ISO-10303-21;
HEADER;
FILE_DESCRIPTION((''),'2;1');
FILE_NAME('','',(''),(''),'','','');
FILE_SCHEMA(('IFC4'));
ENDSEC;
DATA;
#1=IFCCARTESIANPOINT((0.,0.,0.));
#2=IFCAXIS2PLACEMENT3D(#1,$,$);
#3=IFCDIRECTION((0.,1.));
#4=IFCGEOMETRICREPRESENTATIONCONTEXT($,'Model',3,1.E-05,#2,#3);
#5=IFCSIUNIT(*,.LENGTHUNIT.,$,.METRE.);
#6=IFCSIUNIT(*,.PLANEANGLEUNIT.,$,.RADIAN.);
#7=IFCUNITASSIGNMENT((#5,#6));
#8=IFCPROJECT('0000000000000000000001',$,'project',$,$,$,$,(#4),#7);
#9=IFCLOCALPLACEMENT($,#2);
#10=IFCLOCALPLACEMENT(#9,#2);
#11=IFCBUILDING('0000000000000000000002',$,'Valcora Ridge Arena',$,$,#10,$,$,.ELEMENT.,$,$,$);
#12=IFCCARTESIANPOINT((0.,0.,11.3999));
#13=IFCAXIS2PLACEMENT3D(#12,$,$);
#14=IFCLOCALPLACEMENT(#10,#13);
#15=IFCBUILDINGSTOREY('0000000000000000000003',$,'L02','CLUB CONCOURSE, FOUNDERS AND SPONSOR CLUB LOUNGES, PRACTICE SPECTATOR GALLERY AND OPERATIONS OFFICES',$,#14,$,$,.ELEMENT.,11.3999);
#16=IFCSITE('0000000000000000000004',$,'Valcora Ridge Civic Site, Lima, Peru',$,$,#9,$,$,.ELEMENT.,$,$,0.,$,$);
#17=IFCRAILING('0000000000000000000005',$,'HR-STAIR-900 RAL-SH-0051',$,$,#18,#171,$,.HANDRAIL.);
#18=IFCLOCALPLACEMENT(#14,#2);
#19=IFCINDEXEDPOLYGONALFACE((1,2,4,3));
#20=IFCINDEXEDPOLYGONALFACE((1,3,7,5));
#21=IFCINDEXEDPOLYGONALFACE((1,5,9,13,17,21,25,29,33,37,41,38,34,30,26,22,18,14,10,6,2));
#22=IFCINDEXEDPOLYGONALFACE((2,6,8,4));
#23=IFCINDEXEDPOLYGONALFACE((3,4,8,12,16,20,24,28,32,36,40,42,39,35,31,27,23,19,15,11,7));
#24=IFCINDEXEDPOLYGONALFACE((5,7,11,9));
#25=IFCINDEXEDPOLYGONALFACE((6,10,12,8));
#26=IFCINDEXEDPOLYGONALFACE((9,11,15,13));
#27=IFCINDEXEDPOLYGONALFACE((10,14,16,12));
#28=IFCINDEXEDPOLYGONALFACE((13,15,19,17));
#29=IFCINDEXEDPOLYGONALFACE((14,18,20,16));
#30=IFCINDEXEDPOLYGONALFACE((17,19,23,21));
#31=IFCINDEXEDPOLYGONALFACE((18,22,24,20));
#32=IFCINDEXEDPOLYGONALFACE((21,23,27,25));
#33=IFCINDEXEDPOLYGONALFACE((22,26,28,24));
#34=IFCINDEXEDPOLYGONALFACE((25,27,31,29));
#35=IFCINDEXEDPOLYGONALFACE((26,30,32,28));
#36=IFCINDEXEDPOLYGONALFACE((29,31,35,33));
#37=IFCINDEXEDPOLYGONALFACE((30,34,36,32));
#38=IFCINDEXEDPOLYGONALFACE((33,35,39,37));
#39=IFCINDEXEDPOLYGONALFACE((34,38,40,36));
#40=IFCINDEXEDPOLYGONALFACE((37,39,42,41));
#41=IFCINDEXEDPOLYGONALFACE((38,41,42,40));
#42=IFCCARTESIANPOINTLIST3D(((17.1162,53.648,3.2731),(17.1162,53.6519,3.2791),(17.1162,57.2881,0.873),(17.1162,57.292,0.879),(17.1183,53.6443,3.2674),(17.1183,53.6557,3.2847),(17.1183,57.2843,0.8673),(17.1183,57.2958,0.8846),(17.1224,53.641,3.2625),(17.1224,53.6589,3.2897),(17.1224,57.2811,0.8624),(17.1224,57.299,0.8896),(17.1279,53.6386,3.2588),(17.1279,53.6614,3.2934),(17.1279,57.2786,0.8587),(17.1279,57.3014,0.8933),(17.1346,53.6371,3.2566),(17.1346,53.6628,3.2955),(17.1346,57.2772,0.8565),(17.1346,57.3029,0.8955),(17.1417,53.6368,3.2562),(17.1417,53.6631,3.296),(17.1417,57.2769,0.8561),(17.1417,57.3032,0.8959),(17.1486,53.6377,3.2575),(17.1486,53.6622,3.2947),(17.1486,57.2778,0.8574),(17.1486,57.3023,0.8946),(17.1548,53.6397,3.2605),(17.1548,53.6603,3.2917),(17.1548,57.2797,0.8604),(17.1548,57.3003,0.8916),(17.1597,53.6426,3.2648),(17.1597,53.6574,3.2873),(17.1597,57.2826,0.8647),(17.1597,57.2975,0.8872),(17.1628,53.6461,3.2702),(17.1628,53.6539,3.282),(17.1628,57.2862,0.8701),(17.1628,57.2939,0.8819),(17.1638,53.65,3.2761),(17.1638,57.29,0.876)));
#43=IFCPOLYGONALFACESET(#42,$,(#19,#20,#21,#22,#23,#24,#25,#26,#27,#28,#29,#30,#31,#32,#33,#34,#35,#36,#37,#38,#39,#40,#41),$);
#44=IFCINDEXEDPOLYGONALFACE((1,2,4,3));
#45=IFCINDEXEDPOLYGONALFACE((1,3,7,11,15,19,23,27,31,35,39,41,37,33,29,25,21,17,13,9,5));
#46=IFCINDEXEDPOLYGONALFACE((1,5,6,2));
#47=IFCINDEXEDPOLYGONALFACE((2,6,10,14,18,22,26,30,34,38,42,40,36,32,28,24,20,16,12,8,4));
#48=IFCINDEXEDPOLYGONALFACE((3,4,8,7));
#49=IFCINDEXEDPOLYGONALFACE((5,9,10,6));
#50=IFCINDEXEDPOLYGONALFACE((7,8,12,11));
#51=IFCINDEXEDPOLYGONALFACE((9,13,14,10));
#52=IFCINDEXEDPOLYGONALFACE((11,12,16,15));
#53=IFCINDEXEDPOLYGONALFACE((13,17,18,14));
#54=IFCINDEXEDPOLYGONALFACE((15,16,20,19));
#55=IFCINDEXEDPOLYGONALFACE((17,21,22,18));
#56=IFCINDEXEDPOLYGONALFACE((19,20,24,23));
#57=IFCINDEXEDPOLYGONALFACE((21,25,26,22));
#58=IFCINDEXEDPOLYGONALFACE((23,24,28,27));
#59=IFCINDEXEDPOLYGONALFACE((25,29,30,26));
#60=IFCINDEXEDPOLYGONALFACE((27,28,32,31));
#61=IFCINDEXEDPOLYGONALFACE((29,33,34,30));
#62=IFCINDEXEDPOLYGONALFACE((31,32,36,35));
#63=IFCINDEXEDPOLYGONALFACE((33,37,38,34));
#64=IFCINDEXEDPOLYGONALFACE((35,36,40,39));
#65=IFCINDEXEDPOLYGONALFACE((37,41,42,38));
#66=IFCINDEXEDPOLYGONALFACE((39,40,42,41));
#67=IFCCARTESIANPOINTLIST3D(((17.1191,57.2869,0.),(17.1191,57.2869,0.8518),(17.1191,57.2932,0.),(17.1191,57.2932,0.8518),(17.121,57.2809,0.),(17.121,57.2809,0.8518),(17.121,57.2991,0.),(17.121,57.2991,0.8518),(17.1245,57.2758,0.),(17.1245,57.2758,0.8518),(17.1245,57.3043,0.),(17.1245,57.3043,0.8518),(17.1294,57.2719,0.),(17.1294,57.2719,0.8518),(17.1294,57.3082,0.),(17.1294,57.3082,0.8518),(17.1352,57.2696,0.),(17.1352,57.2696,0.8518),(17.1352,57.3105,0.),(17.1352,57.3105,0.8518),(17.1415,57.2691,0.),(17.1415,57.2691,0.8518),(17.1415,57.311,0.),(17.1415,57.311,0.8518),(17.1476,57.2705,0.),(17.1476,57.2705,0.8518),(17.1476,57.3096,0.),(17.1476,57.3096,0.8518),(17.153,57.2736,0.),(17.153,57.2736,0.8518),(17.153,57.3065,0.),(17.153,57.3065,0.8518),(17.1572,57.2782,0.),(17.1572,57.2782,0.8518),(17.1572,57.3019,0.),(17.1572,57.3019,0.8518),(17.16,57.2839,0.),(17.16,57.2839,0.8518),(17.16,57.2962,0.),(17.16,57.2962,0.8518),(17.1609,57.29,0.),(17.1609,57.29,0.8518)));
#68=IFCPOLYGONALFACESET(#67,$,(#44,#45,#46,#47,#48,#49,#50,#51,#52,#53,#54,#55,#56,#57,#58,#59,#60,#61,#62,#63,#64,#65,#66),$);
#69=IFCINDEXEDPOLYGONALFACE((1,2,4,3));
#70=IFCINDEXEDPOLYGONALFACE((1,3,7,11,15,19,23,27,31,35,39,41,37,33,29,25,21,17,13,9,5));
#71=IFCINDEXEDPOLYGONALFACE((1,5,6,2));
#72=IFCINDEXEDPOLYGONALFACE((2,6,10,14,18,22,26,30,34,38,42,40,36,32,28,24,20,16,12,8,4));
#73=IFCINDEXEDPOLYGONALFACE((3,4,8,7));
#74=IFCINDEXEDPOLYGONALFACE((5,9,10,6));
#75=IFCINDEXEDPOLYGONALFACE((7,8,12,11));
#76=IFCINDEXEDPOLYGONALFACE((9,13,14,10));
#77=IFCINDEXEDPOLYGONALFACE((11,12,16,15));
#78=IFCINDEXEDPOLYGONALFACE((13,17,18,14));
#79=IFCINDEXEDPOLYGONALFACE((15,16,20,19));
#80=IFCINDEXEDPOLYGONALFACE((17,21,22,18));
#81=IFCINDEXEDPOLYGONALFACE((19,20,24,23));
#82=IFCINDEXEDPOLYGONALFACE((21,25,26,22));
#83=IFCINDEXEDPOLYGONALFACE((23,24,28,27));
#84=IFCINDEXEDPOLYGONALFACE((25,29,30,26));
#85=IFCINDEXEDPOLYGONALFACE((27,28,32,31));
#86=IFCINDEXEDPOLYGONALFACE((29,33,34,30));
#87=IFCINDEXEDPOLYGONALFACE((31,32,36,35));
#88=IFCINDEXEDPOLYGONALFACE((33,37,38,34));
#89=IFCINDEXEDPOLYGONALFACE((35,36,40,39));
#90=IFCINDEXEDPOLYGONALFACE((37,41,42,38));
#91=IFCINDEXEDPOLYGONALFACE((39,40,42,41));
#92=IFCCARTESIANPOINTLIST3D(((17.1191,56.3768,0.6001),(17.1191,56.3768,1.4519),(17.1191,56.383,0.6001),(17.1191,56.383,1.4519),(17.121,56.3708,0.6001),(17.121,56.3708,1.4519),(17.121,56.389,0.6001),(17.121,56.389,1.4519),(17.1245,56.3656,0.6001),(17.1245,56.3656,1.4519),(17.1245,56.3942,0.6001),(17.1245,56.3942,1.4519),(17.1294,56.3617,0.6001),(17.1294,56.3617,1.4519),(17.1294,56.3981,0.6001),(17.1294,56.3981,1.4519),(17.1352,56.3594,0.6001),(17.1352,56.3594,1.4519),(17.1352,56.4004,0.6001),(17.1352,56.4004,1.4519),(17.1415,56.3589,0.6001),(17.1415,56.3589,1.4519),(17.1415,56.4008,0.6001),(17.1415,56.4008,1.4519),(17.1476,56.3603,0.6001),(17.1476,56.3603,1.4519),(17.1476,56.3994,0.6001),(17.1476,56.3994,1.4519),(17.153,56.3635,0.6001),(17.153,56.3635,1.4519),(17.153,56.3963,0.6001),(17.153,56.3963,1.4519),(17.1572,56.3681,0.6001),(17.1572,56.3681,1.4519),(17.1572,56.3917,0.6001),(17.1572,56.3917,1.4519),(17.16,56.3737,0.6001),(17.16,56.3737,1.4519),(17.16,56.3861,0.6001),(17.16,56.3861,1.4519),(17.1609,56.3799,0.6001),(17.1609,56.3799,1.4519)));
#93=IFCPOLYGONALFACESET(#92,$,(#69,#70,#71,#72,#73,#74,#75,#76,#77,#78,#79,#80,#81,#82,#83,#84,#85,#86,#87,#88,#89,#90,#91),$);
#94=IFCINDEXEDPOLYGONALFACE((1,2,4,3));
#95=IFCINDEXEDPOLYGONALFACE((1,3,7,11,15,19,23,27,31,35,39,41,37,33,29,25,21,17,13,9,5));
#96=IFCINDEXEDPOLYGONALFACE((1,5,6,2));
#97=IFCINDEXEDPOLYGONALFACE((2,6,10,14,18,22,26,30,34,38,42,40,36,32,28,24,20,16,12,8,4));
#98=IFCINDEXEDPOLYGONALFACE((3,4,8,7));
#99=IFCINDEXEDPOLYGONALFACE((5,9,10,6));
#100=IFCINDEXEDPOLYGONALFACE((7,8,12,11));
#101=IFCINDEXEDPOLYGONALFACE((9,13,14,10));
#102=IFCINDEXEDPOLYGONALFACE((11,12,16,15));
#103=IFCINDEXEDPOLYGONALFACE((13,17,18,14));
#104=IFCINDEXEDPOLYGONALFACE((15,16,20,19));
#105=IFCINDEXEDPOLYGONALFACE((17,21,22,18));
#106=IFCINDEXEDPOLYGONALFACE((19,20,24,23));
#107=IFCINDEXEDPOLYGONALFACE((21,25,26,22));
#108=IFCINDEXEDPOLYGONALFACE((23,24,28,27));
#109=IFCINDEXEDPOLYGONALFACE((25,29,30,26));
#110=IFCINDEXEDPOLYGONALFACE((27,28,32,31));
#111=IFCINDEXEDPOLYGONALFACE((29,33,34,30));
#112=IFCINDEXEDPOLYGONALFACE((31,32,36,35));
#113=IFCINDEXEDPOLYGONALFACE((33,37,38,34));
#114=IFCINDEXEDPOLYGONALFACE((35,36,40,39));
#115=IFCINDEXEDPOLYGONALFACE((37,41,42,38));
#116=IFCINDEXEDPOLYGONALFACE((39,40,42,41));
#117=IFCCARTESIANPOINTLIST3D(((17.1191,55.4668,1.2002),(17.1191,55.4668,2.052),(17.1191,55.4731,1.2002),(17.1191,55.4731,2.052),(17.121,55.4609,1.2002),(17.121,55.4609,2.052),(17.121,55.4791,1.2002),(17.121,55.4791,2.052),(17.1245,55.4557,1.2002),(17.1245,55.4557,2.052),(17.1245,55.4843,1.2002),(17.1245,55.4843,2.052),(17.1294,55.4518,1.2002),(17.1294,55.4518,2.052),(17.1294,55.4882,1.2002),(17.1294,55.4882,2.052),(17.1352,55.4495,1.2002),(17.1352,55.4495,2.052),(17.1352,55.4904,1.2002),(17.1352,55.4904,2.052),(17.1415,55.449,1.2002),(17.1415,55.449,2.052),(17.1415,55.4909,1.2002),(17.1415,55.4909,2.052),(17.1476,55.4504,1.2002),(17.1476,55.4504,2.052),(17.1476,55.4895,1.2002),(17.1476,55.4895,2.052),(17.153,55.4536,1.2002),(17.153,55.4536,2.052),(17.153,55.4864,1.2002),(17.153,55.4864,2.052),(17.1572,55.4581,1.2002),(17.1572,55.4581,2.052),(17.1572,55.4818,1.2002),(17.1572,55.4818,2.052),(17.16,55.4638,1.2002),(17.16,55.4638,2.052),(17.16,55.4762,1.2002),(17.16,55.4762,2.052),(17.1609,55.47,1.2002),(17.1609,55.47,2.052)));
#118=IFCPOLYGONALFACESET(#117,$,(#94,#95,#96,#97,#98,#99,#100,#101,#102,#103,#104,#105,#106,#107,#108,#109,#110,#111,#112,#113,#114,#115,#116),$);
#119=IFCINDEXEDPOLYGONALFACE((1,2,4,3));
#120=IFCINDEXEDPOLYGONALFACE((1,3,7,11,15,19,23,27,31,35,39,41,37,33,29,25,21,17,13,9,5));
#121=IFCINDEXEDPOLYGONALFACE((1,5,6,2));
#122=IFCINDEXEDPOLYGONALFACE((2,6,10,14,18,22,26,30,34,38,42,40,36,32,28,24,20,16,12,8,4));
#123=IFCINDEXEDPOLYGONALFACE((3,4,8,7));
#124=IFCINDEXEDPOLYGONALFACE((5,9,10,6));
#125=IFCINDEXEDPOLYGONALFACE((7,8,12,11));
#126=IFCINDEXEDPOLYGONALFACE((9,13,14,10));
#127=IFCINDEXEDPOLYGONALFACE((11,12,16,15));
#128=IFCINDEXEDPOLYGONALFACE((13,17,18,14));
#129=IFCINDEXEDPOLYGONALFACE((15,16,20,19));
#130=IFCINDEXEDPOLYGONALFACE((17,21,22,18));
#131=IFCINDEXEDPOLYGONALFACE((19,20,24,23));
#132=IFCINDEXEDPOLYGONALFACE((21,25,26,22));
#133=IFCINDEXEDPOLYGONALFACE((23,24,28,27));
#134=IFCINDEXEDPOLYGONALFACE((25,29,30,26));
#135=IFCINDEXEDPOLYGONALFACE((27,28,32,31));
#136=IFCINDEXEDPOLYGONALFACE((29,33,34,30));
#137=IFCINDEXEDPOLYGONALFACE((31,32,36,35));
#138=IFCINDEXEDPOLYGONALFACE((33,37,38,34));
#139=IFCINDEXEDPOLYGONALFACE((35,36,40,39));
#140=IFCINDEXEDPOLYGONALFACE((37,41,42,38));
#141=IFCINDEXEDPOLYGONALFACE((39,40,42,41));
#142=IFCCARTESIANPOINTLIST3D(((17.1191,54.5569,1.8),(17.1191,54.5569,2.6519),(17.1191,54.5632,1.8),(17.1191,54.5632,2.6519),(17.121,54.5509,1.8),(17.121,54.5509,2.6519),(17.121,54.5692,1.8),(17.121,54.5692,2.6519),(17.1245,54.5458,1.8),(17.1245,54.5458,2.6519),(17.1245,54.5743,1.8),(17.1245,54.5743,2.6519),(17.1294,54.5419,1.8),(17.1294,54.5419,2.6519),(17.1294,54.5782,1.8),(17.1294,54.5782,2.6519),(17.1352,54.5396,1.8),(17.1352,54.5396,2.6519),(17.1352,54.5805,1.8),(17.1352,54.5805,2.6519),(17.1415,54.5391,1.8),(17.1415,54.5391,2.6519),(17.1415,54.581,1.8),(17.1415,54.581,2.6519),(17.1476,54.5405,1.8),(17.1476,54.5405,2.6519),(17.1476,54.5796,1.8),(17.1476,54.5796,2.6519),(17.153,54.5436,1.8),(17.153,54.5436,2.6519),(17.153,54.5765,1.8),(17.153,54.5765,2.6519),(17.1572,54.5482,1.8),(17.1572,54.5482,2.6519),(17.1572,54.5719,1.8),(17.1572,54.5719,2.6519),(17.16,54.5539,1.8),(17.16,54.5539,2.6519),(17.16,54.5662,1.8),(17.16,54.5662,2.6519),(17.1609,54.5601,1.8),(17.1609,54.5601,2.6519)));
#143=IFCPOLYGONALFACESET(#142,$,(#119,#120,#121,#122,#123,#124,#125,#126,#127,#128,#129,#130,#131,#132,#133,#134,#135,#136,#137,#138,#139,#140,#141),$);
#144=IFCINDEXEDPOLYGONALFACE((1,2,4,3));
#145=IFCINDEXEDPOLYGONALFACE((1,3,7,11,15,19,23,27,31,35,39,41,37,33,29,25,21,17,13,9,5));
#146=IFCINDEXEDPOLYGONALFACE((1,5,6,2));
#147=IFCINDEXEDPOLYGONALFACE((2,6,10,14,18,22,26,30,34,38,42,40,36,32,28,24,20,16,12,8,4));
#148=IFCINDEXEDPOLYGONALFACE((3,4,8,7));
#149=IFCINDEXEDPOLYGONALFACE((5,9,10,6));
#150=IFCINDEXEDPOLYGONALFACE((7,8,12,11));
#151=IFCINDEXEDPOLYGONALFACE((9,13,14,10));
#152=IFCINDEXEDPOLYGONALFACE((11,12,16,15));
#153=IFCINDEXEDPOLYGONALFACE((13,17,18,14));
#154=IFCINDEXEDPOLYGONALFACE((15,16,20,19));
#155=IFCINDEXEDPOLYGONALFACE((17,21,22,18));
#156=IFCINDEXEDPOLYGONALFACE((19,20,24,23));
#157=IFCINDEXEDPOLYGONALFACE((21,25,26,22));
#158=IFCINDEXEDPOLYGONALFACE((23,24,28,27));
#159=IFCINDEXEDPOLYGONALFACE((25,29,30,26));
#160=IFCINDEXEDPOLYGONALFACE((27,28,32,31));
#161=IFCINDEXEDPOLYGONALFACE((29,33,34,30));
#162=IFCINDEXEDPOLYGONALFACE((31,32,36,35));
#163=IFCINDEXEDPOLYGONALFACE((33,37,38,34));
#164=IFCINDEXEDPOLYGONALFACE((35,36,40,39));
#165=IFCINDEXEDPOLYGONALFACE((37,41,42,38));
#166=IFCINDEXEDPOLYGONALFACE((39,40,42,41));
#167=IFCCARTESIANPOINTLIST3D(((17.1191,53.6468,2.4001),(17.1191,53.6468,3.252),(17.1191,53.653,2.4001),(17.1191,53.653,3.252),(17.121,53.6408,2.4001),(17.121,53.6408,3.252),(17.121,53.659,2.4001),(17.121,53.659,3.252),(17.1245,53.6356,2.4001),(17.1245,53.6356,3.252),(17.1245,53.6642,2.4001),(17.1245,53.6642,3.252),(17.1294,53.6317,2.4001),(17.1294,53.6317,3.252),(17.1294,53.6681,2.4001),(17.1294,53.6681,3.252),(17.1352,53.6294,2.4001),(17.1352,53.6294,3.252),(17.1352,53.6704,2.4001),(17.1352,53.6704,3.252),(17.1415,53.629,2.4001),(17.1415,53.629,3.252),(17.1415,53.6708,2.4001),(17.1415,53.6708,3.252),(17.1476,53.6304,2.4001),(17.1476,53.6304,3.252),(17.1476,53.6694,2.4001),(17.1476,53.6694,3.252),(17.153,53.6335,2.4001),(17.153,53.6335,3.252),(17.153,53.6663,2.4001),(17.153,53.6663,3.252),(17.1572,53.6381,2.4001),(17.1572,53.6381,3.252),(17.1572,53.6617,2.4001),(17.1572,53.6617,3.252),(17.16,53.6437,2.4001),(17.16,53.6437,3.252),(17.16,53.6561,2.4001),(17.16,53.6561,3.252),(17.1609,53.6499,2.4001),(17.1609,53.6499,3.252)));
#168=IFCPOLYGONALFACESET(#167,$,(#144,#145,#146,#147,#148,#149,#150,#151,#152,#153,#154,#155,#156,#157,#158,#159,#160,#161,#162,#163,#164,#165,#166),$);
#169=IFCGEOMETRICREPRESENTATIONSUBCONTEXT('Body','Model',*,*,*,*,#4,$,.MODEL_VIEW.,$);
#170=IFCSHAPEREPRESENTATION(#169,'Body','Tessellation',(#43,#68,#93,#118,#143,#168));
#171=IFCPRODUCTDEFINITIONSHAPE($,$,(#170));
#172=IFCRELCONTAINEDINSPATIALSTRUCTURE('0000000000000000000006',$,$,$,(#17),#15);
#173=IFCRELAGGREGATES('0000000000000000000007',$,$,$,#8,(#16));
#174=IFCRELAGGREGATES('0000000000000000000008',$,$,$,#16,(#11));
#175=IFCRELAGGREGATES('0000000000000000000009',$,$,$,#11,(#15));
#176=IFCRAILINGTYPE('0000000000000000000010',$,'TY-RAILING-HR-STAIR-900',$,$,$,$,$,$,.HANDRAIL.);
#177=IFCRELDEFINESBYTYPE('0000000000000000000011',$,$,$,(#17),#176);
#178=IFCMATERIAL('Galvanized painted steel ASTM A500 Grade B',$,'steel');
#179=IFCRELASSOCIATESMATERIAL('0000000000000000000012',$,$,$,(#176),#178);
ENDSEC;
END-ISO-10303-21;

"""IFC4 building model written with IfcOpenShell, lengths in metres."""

from ifc_helpers import new_model, si_unit, direction, frame, origin, origin_2d, place, context, subcontext, project, spatial, circle, extrude, material, type_object, element, save


model = new_model("IFC4")

# Units and contexts
model_context = context("Model", 3, precision=1e-05, world=origin(), true_north=direction((0.0, 1.0)))
body_context = subcontext(model_context, "Body", "Model", "MODEL_VIEW")
ifc_project = project(units=[si_unit("LENGTHUNIT", "METRE"), si_unit("PLANEANGLEUNIT", "RADIAN")], contexts=[model_context])

# Site, building, storey
site_placement = place(None, origin())
site = spatial("IfcSite", under=ifc_project, at=site_placement, Name="Valcora Ridge Civic Site, Lima, Peru", CompositionType="ELEMENT", RefElevation=0.0)
building_placement = place(site_placement, origin())
building = spatial("IfcBuilding", under=site, at=building_placement, Name="Valcora Ridge Arena", CompositionType="ELEMENT")
storey_placement = place(building_placement, frame((0.0, 0.0, 11.3999)))
storey = spatial("IfcBuildingStorey", under=building, at=storey_placement, Name="L02", Description="CLUB CONCOURSE, FOUNDERS AND SPONSOR CLUB LOUNGES, PRACTICE SPECTATOR GALLERY AND OPERATIONS OFFICES", CompositionType="ELEMENT", Elevation=11.3999)

# Railing
ifc_material_1 = material(Name="Galvanized painted steel ASTM A500 Grade B", Category="steel")
railing_type_1 = type_object("IfcRailingType", Name="TY-RAILING-HR-STAIR-900", PredefinedType="HANDRAIL", material=ifc_material_1)
railing_1_placement = place(storey_placement, frame((17.1399, 57.29, 0.0)))
element("IfcRailing", 1, at=railing_1_placement, inside=storey, type_object=railing_type_1, Name="HR-STAIR-900 RAL-SH-0051", PredefinedType="HANDRAIL", context=body_context, shape_type="SweptSolid", body=[
    extrude(circle(Radius=0.0239, at=origin_2d()), frame((0.0, 0.0, 0.876), z_axis=(0.0, -0.834856, 0.550468), x_axis=(1.0, 0.0, 0.0)), (0.0, 0.0, 1.0), 4.3601),
    extrude(circle(Radius=0.021, at=origin_2d()), origin(), (0.0, 0.0, 1.0), 0.8518),
    extrude(circle(Radius=0.021, at=origin_2d()), frame((0.0, -0.9102, 0.6001)), (0.0, 0.0, 1.0), 0.8518),
    extrude(circle(Radius=0.021, at=origin_2d()), frame((0.0, -1.8201, 1.2002)), (0.0, 0.0, 1.0), 0.8518),
    extrude(circle(Radius=0.021, at=origin_2d()), frame((0.0, -2.73, 1.8)), (0.0, 0.0, 1.0), 0.8518),
    extrude(circle(Radius=0.021, at=origin_2d()), frame((0.0, -3.6401, 2.4001)), (0.0, 0.0, 1.0), 0.8518),
])

save(model, "model.ifc")
